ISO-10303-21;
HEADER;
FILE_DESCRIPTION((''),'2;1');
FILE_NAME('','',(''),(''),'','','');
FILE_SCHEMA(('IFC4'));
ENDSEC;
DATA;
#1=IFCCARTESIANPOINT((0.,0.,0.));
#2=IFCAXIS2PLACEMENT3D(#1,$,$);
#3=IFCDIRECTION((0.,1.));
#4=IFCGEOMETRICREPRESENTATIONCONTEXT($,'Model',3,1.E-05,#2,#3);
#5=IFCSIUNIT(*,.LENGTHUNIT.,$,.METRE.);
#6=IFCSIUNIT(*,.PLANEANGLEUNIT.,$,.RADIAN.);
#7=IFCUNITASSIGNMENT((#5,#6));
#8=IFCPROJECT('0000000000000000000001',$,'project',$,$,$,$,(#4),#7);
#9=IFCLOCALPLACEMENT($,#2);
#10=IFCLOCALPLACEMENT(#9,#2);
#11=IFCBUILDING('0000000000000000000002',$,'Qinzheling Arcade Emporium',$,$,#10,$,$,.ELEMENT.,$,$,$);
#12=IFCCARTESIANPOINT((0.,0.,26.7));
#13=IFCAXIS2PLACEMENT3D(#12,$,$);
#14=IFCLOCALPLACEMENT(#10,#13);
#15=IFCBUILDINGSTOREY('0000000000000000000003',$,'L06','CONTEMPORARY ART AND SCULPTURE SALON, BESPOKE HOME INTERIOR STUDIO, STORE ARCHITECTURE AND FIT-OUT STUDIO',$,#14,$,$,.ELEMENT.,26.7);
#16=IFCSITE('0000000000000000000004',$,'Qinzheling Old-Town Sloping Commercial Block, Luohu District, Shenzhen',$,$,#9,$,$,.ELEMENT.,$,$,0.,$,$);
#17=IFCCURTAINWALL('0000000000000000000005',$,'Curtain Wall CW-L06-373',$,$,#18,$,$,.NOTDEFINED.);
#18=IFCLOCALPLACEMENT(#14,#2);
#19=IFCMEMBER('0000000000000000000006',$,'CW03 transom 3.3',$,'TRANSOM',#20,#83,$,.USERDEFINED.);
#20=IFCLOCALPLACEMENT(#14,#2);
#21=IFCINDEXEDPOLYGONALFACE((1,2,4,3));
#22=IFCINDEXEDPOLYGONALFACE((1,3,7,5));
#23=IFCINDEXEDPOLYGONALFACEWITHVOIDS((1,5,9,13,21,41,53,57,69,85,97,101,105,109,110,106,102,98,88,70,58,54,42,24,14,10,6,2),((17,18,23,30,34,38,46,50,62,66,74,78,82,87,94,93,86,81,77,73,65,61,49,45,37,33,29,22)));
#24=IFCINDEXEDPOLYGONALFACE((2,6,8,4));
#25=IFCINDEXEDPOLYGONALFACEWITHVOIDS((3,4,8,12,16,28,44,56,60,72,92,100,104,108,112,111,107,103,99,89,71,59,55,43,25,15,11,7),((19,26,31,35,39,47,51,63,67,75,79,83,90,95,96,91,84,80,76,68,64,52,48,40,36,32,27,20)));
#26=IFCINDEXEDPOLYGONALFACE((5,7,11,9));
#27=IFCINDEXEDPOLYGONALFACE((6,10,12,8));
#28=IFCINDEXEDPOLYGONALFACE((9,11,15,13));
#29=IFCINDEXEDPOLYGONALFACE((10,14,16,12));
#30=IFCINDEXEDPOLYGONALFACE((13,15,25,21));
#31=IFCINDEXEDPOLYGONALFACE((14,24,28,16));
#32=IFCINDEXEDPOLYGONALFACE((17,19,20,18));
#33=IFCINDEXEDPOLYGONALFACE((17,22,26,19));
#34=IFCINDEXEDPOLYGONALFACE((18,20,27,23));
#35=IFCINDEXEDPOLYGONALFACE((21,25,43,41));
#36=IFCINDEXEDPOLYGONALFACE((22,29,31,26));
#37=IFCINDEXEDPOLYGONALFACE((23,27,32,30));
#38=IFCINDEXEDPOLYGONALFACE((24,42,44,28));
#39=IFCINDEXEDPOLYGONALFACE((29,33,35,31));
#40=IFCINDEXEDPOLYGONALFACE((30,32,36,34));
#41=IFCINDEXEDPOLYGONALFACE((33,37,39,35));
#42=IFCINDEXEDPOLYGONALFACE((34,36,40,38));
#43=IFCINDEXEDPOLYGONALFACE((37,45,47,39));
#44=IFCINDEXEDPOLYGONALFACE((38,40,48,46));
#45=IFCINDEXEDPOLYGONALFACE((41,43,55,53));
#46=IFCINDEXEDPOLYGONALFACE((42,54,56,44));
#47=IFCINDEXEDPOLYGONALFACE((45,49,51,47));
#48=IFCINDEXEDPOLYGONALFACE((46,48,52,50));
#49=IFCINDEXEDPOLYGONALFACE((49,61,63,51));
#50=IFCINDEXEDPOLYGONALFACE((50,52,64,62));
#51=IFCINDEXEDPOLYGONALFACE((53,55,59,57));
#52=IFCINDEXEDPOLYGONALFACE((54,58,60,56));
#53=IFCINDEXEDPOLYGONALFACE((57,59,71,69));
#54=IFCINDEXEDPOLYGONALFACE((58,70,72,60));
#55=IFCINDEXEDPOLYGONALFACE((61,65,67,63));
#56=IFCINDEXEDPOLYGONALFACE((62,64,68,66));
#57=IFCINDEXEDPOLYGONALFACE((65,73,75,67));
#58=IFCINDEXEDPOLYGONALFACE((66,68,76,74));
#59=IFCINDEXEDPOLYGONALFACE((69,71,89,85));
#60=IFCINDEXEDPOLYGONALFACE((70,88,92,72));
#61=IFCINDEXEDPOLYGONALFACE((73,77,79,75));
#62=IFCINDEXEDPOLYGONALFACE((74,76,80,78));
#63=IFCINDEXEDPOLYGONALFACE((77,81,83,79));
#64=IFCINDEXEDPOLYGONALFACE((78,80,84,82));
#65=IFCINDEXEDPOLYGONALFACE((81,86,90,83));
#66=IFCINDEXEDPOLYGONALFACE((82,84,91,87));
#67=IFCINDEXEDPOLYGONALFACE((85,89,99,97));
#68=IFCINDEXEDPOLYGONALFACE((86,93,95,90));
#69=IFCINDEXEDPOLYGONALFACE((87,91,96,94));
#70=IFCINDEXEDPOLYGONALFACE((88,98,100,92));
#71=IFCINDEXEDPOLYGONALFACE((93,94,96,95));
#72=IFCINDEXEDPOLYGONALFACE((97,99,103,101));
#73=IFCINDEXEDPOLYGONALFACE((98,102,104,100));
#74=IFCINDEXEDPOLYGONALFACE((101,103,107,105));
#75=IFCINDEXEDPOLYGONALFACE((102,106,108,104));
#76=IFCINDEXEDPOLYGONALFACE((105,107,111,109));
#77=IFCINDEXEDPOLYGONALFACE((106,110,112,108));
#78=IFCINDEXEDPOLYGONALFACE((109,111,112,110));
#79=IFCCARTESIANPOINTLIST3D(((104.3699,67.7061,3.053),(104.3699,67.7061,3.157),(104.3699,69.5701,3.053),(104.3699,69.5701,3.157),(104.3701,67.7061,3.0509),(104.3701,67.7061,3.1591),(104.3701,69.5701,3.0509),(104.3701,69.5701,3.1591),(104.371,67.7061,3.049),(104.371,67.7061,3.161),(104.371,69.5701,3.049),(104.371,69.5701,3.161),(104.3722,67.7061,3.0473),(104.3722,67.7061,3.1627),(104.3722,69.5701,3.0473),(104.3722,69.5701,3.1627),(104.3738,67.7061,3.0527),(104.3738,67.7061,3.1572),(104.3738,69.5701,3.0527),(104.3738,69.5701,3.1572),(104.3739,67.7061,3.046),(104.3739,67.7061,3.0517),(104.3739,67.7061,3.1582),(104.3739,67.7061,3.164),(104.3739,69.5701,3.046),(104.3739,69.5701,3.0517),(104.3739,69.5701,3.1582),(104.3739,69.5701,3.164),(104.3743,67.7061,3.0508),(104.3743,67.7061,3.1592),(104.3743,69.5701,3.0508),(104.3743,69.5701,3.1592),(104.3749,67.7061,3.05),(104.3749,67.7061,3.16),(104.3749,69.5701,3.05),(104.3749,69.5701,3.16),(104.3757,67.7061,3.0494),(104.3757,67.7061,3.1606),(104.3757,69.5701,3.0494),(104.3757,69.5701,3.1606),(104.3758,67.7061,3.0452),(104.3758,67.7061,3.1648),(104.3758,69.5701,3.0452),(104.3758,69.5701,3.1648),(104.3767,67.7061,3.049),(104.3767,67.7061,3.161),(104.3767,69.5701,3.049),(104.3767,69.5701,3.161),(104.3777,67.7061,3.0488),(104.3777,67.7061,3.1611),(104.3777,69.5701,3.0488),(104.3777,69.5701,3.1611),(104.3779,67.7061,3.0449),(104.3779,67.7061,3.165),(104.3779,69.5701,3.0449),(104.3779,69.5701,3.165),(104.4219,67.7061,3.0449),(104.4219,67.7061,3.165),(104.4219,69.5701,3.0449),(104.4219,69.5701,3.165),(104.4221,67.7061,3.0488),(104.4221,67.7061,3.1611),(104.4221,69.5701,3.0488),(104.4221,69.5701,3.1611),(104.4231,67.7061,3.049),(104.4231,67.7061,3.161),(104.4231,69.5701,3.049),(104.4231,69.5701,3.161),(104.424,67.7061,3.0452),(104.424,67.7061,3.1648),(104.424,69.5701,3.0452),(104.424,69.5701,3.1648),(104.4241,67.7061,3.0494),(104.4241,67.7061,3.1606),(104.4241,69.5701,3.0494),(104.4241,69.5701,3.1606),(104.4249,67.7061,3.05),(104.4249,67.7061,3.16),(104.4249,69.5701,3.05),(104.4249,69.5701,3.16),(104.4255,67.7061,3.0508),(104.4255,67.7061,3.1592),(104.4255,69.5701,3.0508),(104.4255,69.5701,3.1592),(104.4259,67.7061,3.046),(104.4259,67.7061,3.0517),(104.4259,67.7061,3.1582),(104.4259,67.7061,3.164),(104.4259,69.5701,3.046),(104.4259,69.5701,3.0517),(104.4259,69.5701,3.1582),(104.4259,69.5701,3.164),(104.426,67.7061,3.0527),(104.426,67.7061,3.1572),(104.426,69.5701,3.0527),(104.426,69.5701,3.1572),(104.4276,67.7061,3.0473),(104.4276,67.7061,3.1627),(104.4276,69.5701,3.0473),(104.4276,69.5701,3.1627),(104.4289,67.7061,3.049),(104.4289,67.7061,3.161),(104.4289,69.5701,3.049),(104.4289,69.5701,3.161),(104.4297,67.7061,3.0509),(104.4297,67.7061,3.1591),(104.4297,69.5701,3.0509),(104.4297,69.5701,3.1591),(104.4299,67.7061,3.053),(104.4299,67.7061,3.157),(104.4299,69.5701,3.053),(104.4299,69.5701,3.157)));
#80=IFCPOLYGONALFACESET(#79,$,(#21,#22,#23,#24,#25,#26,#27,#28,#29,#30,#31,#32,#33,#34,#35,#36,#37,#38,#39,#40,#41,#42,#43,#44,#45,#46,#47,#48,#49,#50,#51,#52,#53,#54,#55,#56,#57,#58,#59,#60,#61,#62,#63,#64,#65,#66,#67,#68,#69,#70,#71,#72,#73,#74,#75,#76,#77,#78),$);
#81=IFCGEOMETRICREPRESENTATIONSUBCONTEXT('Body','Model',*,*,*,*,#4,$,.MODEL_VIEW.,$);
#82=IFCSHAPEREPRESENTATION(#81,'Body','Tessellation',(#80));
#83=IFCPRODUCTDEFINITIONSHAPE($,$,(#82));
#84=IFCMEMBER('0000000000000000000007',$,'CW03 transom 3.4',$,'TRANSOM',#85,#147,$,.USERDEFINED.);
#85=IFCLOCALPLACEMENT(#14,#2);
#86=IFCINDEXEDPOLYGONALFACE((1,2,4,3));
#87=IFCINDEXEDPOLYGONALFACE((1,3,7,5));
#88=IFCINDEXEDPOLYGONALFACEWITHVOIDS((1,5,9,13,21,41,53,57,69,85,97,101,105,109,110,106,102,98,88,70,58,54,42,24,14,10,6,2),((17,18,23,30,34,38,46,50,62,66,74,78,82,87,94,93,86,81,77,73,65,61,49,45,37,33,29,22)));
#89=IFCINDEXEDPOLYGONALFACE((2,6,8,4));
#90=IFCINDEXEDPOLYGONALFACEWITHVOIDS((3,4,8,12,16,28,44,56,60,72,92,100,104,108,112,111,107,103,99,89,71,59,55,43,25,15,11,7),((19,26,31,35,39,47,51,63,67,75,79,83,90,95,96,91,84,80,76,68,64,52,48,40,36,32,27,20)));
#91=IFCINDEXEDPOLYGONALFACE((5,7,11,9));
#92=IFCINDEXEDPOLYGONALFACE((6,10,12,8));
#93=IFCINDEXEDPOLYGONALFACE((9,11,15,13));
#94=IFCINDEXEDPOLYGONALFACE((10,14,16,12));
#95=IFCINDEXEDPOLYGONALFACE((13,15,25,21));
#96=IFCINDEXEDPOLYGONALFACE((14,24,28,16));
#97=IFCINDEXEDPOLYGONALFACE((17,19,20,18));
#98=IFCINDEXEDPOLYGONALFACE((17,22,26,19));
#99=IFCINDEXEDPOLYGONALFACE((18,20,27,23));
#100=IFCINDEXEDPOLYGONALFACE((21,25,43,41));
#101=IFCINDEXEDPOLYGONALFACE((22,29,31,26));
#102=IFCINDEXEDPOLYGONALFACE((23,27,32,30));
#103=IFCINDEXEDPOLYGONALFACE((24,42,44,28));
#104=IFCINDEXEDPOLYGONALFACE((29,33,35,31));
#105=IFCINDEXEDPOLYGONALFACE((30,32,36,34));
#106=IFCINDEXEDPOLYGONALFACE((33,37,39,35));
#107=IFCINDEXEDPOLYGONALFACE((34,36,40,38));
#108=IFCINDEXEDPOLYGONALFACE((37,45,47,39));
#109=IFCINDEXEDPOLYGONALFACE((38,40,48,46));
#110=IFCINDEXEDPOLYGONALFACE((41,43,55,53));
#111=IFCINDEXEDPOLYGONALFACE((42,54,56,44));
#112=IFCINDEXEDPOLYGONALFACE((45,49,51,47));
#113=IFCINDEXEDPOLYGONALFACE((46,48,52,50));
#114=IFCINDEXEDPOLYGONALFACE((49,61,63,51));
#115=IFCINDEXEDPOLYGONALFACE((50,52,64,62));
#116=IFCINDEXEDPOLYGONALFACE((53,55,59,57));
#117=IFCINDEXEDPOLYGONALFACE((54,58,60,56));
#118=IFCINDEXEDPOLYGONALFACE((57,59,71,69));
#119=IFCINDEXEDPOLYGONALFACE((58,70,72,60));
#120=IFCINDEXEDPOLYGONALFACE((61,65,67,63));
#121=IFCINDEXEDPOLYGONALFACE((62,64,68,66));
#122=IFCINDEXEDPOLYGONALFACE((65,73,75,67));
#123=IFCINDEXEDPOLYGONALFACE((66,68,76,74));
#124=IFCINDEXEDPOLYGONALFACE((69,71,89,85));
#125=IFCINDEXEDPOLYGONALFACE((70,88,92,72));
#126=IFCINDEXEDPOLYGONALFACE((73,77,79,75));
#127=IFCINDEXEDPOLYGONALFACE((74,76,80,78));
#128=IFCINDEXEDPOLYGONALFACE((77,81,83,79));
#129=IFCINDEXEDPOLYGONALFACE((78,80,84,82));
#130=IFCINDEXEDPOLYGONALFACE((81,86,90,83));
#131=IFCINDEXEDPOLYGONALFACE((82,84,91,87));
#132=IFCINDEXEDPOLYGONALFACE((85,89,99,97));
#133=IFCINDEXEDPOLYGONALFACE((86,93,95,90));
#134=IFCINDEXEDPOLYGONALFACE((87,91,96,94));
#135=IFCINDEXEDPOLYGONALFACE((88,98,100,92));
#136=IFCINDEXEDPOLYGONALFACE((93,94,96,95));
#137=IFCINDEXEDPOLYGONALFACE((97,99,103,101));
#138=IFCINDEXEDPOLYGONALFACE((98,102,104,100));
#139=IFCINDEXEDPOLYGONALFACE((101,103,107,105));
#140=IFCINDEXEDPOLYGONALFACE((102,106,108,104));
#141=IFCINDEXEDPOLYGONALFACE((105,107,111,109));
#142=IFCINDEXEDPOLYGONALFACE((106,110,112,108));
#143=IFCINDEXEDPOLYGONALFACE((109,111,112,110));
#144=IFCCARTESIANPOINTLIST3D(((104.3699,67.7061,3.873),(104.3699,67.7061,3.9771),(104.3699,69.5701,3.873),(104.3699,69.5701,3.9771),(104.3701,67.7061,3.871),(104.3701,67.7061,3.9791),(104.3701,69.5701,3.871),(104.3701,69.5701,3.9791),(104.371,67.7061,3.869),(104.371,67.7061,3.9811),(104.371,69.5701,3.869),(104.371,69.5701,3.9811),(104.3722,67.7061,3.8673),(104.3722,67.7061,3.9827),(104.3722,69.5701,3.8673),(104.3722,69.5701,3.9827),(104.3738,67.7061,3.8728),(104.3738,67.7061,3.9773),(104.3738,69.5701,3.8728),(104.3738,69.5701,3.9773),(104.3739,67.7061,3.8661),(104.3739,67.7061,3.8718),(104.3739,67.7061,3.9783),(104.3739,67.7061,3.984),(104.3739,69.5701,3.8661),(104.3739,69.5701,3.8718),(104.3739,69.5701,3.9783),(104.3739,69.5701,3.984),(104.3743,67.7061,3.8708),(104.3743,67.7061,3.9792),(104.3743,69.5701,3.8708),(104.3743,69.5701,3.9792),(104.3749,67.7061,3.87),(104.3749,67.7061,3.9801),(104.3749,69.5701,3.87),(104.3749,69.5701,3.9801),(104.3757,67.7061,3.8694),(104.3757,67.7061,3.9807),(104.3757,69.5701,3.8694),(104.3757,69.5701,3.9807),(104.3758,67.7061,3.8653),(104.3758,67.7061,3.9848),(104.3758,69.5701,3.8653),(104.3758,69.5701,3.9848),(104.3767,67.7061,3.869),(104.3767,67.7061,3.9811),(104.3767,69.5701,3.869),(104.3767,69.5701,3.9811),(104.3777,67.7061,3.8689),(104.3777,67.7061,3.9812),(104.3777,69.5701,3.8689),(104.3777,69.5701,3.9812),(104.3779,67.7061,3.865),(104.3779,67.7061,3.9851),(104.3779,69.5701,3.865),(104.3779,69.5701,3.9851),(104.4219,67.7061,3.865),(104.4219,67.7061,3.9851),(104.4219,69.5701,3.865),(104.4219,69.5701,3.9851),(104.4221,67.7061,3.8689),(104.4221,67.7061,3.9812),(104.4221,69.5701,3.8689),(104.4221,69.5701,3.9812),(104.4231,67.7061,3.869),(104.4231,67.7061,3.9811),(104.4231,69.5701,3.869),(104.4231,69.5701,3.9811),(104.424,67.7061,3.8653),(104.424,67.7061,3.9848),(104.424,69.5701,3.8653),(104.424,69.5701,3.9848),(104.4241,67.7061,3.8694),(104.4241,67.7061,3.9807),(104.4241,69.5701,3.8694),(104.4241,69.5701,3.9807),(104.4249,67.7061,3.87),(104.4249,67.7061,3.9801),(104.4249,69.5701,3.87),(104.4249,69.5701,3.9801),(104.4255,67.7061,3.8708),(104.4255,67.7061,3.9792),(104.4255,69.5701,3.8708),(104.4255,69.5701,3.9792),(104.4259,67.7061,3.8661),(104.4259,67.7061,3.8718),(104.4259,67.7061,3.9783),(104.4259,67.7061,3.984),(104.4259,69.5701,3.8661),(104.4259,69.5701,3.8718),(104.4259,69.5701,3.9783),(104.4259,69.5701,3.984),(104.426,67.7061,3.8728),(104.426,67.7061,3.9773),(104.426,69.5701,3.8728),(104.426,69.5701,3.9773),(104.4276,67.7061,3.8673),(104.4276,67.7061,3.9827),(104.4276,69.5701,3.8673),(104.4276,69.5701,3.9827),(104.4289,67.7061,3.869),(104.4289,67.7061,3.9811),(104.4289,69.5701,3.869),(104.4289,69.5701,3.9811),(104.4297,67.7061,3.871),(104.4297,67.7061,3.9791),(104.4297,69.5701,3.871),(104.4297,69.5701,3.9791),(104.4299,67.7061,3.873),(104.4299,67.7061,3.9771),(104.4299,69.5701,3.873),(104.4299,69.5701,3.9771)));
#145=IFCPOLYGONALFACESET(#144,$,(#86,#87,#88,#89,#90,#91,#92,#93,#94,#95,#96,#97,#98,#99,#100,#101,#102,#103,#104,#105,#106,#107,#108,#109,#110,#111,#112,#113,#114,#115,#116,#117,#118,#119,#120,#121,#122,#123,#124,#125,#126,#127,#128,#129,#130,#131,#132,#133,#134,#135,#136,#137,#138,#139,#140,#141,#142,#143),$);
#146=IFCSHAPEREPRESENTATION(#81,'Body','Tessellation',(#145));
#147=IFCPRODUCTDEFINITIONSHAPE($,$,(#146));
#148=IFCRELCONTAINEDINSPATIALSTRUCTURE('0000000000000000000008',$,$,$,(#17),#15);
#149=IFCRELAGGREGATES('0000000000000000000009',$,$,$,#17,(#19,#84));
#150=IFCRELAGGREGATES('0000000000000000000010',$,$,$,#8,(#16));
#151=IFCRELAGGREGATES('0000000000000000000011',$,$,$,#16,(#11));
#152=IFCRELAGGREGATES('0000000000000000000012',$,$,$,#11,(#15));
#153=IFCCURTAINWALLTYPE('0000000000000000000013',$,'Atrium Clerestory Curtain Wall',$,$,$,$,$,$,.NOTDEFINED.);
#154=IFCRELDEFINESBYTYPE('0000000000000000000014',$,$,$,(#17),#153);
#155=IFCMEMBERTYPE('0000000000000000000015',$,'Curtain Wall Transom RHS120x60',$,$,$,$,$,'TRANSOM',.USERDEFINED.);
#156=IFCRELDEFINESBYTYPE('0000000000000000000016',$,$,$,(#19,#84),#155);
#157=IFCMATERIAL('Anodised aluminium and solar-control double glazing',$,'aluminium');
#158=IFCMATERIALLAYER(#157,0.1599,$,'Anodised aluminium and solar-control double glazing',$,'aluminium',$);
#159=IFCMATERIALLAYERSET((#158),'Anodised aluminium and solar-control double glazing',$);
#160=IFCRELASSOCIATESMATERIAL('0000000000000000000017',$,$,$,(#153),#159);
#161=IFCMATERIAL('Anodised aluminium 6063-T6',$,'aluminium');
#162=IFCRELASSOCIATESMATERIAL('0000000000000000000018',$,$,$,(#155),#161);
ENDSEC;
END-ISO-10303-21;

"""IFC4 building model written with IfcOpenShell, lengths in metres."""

from ifc_helpers import new_model, si_unit, direction, frame, origin, origin_2d, place, context, subcontext, project, spatial, hollow_rectangle, extrude, material, layer, layer_set, material_profile, profile_set, type_object, element, aggregate, save


model = new_model("IFC4")

# Units and contexts
model_context = context("Model", 3, precision=1e-05, world=origin(), true_north=direction((0.0, 1.0)))
body_context = subcontext(model_context, "Body", "Model", "MODEL_VIEW")
ifc_project = project(units=[si_unit("LENGTHUNIT", "METRE"), si_unit("PLANEANGLEUNIT", "RADIAN")], contexts=[model_context])

# Site, building, storey
site_placement = place(None, origin())
site = spatial("IfcSite", under=ifc_project, at=site_placement, Name="Qinzheling Old-Town Sloping Commercial Block, Luohu District, Shenzhen", CompositionType="ELEMENT", RefElevation=0.0)
building_placement = place(site_placement, origin())
building = spatial("IfcBuilding", under=site, at=building_placement, Name="Qinzheling Arcade Emporium", CompositionType="ELEMENT")
storey_placement = place(building_placement, frame((0.0, 0.0, 26.7)))
storey = spatial("IfcBuildingStorey", under=building, at=storey_placement, Name="L06", Description="CONTEMPORARY ART AND SCULPTURE SALON, BESPOKE HOME INTERIOR STUDIO, STORE ARCHITECTURE AND FIT-OUT STUDIO", CompositionType="ELEMENT", Elevation=26.7)

# Curtain wall, members
ifc_material_1 = material(Name="Anodised aluminium and solar-control double glazing", Category="aluminium")
ifc_layer_1 = layer(ifc_material_1, 0.1599, Name="Anodised aluminium and solar-control double glazing", Category="aluminium")
ifc_layer_set_1 = layer_set([ifc_layer_1], Name="Anodised aluminium and solar-control double glazing")
curtain_wall_type = type_object("IfcCurtainWallType", Name="Atrium Clerestory Curtain Wall", PredefinedType="NOTDEFINED", material=ifc_layer_set_1)
curtain_wall_placement = place(storey_placement, origin())
curtain_wall = element("IfcCurtainWall", 1, at=curtain_wall_placement, inside=storey, type_object=curtain_wall_type, Name="Curtain Wall CW-L06-373", PredefinedType="NOTDEFINED")
ifc_material_2 = material(Name="Anodised aluminium 6063-T6", Category="aluminium")
ifc_material_profile_1 = material_profile(ifc_material_2, hollow_rectangle(XDim=0.0601, YDim=0.1201, WallThickness=0.0039, InnerFilletRadius=0.0039, OuterFilletRadius=0.0081, at=origin_2d()), Name="RHS 120x60x4", Category="aluminium")
ifc_profile_set_1 = profile_set([ifc_material_profile_1], Name="Anodised aluminium 6063-T6")
member_type_1 = type_object("IfcMemberType", Name="Curtain Wall Transom RHS120x60", ElementType="TRANSOM", PredefinedType="USERDEFINED", material=ifc_profile_set_1)
member_1_placement = place(storey_placement, frame((104.3999, 69.5701, 3.105), z_axis=(0.0, -1.0, 0.0), x_axis=(1.0, 0.0, 0.0)))
member_1 = element("IfcMember", 2, at=member_1_placement, type_object=member_type_1, Name="CW03 transom 3.3", ObjectType="TRANSOM", PredefinedType="USERDEFINED", context=body_context, shape_type="SweptSolid", body=[
    extrude(hollow_rectangle(XDim=0.0601, YDim=0.1201, WallThickness=0.0039, InnerFilletRadius=0.0039, OuterFilletRadius=0.0081, at=origin_2d()), origin(), (0.0, 0.0, 1.0), 1.864),
])
member_2_placement = place(storey_placement, frame((104.3999, 69.5701, 3.925), z_axis=(0.0, -1.0, 0.0), x_axis=(1.0, 0.0, 0.0)))
member_2 = element("IfcMember", 3, at=member_2_placement, type_object=member_type_1, Name="CW03 transom 3.4", ObjectType="TRANSOM", PredefinedType="USERDEFINED", context=body_context, shape_type="SweptSolid", body=[
    extrude(hollow_rectangle(XDim=0.0601, YDim=0.1201, WallThickness=0.0039, InnerFilletRadius=0.0039, OuterFilletRadius=0.0081, at=origin_2d()), origin(), (0.0, 0.0, 1.0), 1.864),
])
aggregate(curtain_wall, [member_1, member_2])

save(model, "model.ifc")
